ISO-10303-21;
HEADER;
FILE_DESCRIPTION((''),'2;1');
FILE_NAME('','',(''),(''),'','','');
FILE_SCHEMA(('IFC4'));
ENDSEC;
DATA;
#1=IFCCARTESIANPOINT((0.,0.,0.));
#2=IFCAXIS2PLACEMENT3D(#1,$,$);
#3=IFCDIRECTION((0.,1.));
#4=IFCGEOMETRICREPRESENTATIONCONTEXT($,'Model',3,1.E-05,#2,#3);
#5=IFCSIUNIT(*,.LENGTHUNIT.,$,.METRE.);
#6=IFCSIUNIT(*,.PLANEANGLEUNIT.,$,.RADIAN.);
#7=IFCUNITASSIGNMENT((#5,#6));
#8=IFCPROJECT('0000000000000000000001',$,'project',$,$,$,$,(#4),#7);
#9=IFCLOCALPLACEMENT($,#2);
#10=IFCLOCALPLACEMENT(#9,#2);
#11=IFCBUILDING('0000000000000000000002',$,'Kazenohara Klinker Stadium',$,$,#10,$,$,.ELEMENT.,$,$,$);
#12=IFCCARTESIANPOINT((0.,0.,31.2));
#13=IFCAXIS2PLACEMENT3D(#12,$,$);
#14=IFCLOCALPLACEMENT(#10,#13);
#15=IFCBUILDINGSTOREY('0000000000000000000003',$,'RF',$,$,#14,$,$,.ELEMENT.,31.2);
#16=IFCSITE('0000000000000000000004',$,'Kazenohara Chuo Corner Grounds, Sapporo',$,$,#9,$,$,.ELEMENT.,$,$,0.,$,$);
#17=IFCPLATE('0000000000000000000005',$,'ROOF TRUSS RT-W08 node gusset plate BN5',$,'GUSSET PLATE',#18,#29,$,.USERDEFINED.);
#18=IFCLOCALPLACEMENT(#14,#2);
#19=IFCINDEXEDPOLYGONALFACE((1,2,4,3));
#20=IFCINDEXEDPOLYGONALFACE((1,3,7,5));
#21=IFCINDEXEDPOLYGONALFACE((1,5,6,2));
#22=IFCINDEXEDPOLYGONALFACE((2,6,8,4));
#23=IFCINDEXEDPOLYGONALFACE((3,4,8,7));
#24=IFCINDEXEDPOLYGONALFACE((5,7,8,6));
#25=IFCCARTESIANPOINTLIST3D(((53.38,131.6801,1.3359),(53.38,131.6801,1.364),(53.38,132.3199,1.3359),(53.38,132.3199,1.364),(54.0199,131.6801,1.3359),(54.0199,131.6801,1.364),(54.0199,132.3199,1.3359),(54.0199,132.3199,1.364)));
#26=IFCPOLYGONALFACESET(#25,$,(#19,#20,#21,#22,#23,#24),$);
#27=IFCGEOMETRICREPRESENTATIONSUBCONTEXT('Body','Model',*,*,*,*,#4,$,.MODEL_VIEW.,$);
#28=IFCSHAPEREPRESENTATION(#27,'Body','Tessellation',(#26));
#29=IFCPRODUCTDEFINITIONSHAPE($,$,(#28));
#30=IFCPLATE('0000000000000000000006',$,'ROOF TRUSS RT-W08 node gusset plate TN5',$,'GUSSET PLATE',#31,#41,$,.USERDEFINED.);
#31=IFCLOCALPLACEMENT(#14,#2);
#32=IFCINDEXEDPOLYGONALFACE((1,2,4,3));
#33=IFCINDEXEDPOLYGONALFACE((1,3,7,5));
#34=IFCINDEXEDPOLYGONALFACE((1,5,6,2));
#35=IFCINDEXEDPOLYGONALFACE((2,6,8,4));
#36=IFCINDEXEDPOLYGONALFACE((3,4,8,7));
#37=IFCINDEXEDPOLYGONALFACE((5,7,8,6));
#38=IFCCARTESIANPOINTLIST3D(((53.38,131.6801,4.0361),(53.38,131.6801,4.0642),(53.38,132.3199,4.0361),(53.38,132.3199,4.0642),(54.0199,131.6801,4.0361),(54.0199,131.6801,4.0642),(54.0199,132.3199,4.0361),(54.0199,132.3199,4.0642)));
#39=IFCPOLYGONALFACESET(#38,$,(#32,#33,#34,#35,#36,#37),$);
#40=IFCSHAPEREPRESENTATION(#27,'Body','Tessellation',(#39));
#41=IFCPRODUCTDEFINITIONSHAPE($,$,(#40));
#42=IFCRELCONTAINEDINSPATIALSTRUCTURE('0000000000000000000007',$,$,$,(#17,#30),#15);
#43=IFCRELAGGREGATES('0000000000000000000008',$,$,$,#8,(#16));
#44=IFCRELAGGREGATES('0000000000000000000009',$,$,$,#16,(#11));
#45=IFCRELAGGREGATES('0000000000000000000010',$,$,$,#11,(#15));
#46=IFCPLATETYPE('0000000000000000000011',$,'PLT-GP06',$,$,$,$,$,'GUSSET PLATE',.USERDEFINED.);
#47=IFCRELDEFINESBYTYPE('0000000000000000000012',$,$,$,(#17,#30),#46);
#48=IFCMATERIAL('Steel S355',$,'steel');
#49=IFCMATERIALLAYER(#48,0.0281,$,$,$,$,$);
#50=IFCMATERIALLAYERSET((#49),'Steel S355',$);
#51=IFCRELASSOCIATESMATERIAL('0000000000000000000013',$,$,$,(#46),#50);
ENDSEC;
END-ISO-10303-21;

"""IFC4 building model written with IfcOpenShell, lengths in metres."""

from ifc_helpers import new_model, si_unit, direction, frame, origin, origin_2d, place, context, subcontext, project, spatial, rectangle, extrude, material, layer, layer_set, type_object, element, save


model = new_model("IFC4")

# Units and contexts
model_context = context("Model", 3, precision=1e-05, world=origin(), true_north=direction((0.0, 1.0)))
body_context = subcontext(model_context, "Body", "Model", "MODEL_VIEW")
ifc_project = project(units=[si_unit("LENGTHUNIT", "METRE"), si_unit("PLANEANGLEUNIT", "RADIAN")], contexts=[model_context])

# Site, building, storey
site_placement = place(None, origin())
site = spatial("IfcSite", under=ifc_project, at=site_placement, Name="Kazenohara Chuo Corner Grounds, Sapporo", CompositionType="ELEMENT", RefElevation=0.0)
building_placement = place(site_placement, origin())
building = spatial("IfcBuilding", under=site, at=building_placement, Name="Kazenohara Klinker Stadium", CompositionType="ELEMENT")
storey_placement = place(building_placement, frame((0.0, 0.0, 31.2)))
storey = spatial("IfcBuildingStorey", under=building, at=storey_placement, Name="RF", CompositionType="ELEMENT", Elevation=31.2)

# Shared definitions
ifc_material = material(Name="Steel S355", Category="steel")

# Plates
ifc_layer_1 = layer(ifc_material, 0.0281)
ifc_layer_set_1 = layer_set([ifc_layer_1], Name="Steel S355")
plate_type_1 = type_object("IfcPlateType", Name="PLT-GP06", ElementType="GUSSET PLATE", PredefinedType="USERDEFINED", material=ifc_layer_set_1)
for number, where, z_axis, x_axis, name in (
    (1, (53.7, 132.0, 1.3359), (0.0, 0.0, 1.0), (1.0, 0.0, 0.0), "ROOF TRUSS RT-W08 node gusset plate BN5"),
    (2, (53.7, 132.0, 4.0361), (0.0, 0.0, 1.0), (1.0, 0.0, 0.0), "ROOF TRUSS RT-W08 node gusset plate TN5"),
):
    element("IfcPlate", number, at=place(storey_placement, frame(where, z_axis=z_axis, x_axis=x_axis)), inside=storey, type_object=plate_type_1, Name=name, ObjectType="GUSSET PLATE", PredefinedType="USERDEFINED", context=body_context, shape_type="SweptSolid", body=[
        extrude(rectangle(XDim=0.6399, YDim=0.6399, at=origin_2d()), origin(), (0.0, 0.0, 1.0), 0.0281),
    ])

save(model, "model.ifc")
